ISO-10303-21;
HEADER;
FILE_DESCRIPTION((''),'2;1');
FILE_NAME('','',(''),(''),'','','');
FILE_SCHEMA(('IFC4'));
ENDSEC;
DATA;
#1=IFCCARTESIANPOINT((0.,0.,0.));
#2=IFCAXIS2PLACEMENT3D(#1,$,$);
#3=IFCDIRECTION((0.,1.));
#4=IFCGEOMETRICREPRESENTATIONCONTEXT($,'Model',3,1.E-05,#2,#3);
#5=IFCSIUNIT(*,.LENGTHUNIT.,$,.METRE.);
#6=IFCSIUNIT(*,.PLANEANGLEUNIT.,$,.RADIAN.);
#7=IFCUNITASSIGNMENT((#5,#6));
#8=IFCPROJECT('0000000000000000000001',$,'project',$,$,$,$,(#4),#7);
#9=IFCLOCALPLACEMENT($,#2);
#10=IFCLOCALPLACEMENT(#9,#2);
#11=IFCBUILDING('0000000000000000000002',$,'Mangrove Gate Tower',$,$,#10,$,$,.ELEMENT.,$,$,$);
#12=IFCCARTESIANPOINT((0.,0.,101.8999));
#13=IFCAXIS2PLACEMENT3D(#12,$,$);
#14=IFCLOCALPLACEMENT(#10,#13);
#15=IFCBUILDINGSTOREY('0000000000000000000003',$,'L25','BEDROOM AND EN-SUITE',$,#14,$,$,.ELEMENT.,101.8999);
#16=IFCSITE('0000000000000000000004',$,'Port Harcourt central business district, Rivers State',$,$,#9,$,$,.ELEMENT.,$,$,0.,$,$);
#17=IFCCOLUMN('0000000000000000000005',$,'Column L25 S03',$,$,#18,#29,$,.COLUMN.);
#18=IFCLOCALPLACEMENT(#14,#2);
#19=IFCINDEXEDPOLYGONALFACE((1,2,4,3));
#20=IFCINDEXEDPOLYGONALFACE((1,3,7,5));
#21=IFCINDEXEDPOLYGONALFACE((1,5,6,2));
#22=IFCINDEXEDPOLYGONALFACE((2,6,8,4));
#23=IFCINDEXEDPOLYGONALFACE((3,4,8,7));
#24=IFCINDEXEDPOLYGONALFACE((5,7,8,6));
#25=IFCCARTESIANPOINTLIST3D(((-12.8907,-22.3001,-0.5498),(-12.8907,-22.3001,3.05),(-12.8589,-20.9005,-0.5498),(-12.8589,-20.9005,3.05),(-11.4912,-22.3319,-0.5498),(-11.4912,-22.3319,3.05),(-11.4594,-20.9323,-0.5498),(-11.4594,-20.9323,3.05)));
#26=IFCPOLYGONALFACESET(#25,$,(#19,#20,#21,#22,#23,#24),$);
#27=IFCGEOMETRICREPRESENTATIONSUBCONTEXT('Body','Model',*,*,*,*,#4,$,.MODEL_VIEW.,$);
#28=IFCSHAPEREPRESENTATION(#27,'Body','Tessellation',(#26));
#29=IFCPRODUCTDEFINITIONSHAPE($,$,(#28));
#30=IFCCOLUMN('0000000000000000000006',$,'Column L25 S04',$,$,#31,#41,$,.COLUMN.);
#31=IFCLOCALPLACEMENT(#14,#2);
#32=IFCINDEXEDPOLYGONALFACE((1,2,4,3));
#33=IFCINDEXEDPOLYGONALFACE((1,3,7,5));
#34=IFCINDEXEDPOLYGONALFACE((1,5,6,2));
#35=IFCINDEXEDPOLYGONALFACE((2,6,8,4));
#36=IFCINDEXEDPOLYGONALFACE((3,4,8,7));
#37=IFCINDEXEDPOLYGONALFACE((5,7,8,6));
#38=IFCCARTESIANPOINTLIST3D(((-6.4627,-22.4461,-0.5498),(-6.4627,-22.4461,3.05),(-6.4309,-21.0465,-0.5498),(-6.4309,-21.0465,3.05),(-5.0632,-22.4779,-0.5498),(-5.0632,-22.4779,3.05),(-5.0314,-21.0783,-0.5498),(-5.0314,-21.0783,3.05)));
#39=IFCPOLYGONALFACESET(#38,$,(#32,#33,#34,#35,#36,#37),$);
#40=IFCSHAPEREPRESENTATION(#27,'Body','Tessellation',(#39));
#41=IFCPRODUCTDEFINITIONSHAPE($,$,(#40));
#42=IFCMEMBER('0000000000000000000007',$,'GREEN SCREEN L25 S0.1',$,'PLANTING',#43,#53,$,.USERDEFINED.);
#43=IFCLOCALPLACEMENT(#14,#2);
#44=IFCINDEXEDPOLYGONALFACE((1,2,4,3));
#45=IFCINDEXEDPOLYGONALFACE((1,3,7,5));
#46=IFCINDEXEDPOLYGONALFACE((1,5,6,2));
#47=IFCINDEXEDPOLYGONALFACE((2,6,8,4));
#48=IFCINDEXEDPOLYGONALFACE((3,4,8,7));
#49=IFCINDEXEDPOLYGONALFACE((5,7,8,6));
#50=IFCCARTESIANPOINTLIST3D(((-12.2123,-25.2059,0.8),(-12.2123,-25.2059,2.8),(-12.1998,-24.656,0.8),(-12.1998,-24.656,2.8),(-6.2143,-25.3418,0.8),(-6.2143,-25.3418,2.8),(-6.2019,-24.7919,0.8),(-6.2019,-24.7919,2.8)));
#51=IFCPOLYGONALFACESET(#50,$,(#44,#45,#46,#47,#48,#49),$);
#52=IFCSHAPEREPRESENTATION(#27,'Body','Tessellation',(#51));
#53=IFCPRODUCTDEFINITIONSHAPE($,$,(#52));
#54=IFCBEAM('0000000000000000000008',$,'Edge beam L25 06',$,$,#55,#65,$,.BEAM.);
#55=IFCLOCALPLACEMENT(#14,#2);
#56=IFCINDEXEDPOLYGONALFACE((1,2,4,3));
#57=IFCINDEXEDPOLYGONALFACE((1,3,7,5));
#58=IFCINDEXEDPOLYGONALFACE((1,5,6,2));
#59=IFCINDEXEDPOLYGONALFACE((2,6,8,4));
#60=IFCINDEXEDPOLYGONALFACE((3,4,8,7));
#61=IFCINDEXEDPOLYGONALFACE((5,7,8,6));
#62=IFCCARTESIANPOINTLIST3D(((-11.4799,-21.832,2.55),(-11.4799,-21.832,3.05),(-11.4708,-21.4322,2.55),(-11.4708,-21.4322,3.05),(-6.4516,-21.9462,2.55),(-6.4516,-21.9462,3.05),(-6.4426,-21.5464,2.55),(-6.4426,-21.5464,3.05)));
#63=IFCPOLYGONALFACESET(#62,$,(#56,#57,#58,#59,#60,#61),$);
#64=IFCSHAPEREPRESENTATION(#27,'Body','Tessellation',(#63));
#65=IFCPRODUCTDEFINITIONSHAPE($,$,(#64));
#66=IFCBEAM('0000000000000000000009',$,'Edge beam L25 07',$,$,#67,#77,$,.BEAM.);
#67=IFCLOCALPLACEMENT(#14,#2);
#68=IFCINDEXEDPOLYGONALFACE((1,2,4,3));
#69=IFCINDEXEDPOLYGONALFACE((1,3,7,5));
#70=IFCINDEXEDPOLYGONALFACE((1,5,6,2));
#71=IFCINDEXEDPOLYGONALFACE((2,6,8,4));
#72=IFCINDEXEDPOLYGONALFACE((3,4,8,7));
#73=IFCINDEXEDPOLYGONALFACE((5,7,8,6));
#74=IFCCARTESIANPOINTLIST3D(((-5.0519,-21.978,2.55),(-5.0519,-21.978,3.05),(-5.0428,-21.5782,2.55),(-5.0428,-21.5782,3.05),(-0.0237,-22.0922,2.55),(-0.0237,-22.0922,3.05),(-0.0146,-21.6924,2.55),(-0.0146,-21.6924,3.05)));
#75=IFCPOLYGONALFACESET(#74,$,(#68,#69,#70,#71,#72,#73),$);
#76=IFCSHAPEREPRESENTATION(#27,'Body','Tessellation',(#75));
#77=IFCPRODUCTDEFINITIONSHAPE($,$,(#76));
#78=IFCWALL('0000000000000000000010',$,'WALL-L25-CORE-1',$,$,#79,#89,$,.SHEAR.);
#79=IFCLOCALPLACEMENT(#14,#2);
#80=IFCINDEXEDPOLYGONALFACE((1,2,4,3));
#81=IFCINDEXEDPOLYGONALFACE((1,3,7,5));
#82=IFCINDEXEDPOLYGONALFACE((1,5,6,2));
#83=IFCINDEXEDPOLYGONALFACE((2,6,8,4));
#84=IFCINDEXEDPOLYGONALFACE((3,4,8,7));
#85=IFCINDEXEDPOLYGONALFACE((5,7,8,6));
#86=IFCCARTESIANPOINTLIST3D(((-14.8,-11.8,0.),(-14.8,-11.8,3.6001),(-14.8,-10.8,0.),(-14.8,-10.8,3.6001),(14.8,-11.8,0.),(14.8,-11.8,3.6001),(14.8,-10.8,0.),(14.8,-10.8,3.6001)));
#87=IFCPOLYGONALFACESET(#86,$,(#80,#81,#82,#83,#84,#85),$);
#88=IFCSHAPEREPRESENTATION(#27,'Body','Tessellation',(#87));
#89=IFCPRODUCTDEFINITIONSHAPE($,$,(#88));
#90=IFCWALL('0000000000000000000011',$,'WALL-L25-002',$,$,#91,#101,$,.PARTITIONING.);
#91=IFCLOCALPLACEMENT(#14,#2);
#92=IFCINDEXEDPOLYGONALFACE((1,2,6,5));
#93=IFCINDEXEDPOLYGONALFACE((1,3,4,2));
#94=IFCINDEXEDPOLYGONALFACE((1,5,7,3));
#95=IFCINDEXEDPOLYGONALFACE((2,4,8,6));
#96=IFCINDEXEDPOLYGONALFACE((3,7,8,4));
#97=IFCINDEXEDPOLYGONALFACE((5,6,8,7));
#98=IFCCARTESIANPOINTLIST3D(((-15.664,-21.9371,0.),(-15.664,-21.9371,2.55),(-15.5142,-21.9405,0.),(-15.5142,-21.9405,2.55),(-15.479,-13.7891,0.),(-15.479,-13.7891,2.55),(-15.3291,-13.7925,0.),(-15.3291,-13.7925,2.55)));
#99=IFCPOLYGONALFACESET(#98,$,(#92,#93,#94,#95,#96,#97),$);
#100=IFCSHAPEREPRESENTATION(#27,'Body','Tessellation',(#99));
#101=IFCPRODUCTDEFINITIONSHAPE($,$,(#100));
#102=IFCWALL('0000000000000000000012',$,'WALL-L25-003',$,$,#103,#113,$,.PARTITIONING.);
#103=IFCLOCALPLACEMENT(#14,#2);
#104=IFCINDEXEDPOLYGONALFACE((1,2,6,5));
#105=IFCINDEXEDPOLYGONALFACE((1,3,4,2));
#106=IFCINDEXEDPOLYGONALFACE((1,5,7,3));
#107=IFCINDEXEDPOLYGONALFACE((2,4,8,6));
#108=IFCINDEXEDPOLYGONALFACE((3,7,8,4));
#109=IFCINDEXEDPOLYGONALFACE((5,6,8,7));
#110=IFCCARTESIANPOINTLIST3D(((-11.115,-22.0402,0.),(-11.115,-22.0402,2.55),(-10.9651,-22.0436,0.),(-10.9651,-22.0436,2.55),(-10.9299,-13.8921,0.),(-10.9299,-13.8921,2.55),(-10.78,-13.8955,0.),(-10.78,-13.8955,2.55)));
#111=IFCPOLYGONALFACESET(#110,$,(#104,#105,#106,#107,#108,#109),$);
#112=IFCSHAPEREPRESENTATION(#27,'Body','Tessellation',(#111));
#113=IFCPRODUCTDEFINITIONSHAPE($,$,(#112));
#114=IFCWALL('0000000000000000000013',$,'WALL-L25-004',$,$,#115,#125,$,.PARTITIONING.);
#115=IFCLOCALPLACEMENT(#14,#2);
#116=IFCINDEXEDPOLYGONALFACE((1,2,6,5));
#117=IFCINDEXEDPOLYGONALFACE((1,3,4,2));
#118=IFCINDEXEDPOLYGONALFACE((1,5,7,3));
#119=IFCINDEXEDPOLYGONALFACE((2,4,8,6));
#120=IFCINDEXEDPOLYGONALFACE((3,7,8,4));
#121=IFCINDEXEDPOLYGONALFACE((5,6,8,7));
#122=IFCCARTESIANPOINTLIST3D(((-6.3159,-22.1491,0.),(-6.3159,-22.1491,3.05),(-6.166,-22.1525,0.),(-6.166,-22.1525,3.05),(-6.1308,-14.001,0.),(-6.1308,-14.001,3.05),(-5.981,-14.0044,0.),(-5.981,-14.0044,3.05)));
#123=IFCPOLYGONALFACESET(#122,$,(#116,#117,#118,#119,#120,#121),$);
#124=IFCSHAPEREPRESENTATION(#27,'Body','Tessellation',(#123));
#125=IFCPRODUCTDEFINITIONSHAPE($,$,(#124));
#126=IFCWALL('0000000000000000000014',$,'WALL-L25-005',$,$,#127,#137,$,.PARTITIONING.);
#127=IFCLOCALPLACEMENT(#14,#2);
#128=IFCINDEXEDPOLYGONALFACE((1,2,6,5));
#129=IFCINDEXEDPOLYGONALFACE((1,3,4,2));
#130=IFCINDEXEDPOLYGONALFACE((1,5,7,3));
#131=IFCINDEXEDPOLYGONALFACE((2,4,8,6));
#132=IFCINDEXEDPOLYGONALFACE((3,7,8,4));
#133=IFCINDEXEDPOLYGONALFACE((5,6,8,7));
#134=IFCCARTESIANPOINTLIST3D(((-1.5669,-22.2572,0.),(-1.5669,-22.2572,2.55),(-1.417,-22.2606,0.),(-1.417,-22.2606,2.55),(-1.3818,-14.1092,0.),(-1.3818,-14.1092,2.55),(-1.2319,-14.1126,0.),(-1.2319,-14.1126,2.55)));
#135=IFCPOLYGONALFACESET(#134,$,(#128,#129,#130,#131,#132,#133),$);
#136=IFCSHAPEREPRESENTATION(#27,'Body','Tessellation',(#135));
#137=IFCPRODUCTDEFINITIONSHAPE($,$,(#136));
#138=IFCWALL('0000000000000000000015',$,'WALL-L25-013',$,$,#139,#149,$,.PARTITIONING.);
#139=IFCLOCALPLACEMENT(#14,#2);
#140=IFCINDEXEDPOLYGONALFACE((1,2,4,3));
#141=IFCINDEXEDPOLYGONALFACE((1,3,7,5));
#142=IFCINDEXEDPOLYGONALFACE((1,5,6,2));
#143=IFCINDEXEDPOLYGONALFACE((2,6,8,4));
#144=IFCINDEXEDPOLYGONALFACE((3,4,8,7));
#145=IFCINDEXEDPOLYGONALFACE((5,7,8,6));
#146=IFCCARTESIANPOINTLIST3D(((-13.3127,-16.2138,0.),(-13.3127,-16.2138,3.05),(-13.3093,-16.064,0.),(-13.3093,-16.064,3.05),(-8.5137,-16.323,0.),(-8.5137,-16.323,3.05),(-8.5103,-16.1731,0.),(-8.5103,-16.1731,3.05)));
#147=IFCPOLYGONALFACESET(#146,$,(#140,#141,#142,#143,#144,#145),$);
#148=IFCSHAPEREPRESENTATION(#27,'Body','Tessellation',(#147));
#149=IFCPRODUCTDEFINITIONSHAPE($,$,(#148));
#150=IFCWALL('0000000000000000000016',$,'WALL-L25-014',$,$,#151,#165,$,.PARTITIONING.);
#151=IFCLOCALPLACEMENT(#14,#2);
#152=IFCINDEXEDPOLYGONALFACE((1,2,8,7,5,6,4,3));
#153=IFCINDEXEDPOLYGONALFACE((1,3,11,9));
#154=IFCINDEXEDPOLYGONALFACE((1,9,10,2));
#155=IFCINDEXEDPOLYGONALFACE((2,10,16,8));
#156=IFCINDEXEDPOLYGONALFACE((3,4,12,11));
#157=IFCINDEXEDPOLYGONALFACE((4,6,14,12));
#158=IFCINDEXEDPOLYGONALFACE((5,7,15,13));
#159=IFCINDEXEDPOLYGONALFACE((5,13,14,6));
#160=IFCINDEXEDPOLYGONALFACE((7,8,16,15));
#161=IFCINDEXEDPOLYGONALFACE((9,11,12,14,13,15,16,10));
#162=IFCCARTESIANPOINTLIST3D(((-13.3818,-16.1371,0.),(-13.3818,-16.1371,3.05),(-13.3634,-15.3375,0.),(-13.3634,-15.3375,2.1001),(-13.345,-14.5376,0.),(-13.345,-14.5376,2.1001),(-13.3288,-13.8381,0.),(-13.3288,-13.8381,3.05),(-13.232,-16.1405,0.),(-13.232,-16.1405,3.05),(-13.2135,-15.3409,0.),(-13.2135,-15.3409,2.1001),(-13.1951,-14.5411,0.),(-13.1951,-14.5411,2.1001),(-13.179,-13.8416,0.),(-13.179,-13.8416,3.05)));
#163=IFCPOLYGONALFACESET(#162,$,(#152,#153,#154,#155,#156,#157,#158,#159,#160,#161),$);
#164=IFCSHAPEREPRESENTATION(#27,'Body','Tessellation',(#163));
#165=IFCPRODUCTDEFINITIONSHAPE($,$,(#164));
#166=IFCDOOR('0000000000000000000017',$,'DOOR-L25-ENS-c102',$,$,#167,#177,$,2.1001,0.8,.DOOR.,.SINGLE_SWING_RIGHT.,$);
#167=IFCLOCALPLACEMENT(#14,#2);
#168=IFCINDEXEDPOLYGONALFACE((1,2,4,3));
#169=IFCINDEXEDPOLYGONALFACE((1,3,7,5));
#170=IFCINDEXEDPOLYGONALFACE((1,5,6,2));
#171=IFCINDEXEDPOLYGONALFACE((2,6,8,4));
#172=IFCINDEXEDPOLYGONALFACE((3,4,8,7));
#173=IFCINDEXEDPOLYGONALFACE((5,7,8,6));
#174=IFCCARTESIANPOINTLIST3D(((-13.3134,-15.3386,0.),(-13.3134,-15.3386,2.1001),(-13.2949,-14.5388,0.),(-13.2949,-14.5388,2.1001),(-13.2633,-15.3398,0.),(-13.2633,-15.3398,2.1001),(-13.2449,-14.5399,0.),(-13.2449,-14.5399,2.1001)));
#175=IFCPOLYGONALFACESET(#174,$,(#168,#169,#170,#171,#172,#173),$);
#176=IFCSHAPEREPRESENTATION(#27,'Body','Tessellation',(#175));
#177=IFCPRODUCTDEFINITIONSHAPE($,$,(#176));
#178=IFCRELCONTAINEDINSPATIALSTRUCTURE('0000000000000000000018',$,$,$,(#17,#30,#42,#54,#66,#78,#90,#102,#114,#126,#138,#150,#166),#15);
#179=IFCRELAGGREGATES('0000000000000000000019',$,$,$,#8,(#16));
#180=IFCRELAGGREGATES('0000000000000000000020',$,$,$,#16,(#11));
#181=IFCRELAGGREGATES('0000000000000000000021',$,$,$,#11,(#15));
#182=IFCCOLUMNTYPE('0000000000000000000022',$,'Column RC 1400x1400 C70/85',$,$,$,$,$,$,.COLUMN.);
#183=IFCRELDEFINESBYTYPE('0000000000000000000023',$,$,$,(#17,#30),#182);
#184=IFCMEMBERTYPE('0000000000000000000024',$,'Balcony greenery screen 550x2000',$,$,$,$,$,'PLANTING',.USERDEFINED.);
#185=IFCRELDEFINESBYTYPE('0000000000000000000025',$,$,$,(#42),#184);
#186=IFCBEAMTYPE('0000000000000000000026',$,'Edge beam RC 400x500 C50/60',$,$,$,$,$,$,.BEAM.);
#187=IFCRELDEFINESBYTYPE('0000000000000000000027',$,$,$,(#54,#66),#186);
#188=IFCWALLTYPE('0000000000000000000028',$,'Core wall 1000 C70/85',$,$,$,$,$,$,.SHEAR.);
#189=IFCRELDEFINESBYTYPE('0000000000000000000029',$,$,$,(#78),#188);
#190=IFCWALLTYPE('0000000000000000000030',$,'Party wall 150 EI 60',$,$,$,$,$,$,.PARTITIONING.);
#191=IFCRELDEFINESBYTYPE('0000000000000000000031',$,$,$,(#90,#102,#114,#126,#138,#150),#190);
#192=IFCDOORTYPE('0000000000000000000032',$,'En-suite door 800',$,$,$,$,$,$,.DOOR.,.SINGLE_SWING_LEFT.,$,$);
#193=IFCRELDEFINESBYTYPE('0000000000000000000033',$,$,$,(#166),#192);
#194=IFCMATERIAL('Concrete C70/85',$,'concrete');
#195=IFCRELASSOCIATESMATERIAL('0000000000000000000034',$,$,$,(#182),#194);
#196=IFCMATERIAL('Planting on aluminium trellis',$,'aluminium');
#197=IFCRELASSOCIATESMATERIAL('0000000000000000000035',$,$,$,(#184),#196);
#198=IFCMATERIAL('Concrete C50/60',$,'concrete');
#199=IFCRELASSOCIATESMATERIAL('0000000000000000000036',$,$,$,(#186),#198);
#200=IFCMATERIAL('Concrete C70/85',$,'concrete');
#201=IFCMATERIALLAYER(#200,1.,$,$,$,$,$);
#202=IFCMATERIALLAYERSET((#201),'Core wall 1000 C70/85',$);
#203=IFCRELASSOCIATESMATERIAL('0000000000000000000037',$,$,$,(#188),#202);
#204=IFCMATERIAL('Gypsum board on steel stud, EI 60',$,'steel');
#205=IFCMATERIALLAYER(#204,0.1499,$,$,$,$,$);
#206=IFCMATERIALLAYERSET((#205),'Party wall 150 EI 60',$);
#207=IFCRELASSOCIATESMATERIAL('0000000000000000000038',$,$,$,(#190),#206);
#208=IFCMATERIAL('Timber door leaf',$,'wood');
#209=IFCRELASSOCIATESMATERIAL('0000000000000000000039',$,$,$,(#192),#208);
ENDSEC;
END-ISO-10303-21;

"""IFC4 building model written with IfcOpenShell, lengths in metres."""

from ifc_helpers import new_model, si_unit, direction, frame, frame_2d, origin, origin_2d, place, context, subcontext, project, spatial, rectangle, extrude, material, layer, layer_set, material_profile, profile_set, type_object, element, fill, save


model = new_model("IFC4")

# Units and contexts
model_context = context("Model", 3, precision=1e-05, world=origin(), true_north=direction((0.0, 1.0)))
body_context = subcontext(model_context, "Body", "Model", "MODEL_VIEW")
ifc_project = project(units=[si_unit("LENGTHUNIT", "METRE"), si_unit("PLANEANGLEUNIT", "RADIAN")], contexts=[model_context])

# Site, building, storey
site_placement = place(None, origin())
site = spatial("IfcSite", under=ifc_project, at=site_placement, Name="Port Harcourt central business district, Rivers State", CompositionType="ELEMENT", RefElevation=0.0)
building_placement = place(site_placement, origin())
building = spatial("IfcBuilding", under=site, at=building_placement, Name="Mangrove Gate Tower", CompositionType="ELEMENT")
storey_placement = place(building_placement, frame((0.0, 0.0, 101.8999)))
storey = spatial("IfcBuildingStorey", under=building, at=storey_placement, Name="L25", Description="BEDROOM AND EN-SUITE", CompositionType="ELEMENT", Elevation=101.8999)

# Columns
ifc_material_1 = material(Name="Concrete C70/85", Category="concrete")
ifc_material_profile_1 = material_profile(ifc_material_1, rectangle(XDim=1.3999, YDim=1.3999, at=origin_2d()))
ifc_profile_set_1 = profile_set([ifc_material_profile_1], Name="Concrete C70/85")
column_type = type_object("IfcColumnType", Name="Column RC 1400x1400 C70/85", PredefinedType="COLUMN", material=ifc_profile_set_1)
for number, where, z_axis, x_axis, name in (
    (1, (-12.175, -21.6162, -0.5498), (0.0, 0.0, 1.0), (0.999742, -0.022707, 0.0), "Column L25 S03"),
    (2, (-5.7471, -21.7622, -0.5498), (0.0, 0.0, 1.0), (0.999742, -0.022707, 0.0), "Column L25 S04"),
):
    element("IfcColumn", number, at=place(storey_placement, frame(where, z_axis=z_axis, x_axis=x_axis)), inside=storey, type_object=column_type, Name=name, PredefinedType="COLUMN", context=body_context, shape_type="SweptSolid", body=[
        extrude(rectangle(XDim=1.3999, YDim=1.3999, at=origin_2d()), origin(), (0.0, 0.0, 1.0), 3.5999),
    ])

# Member
ifc_material_2 = material(Name="Planting on aluminium trellis", Category="aluminium")
ifc_material_profile_2 = material_profile(ifc_material_2, rectangle(XDim=0.55, YDim=2.0, at=origin_2d()))
ifc_profile_set_2 = profile_set([ifc_material_profile_2], Name="Planting on aluminium trellis")
member_type = type_object("IfcMemberType", Name="Balcony greenery screen 550x2000", ElementType="PLANTING", PredefinedType="USERDEFINED", material=ifc_profile_set_2)
member_placement = place(storey_placement, frame((-12.2061, -24.9309, 1.8), z_axis=(0.999743, -0.022666, 0.0), x_axis=(0.022666, 0.999743, 0.0)))
element("IfcMember", 3, at=member_placement, inside=storey, type_object=member_type, Name="GREEN SCREEN L25 S0.1", ObjectType="PLANTING", PredefinedType="USERDEFINED", context=body_context, shape_type="SweptSolid", body=[
    extrude(rectangle(XDim=0.55, YDim=2.0, at=origin_2d()), origin(), (0.0, 0.0, 1.0), 5.9995),
])

# Beams
ifc_material_3 = material(Name="Concrete C50/60", Category="concrete")
ifc_material_profile_3 = material_profile(ifc_material_3, rectangle(XDim=0.3999, YDim=0.5, at=origin_2d()))
ifc_profile_set_3 = profile_set([ifc_material_profile_3], Name="Concrete C50/60")
beam_type = type_object("IfcBeamType", Name="Edge beam RC 400x500 C50/60", PredefinedType="BEAM", material=ifc_profile_set_3)
for number, where, z_axis, x_axis, name in (
    (4, (-11.4753, -21.6321, 2.8), (0.999742, -0.022717, 0.0), (0.022717, 0.999742, 0.0), "Edge beam L25 06"),
    (5, (-5.0474, -21.7781, 2.8), (0.999742, -0.022717, 0.0), (0.022717, 0.999742, 0.0), "Edge beam L25 07"),
):
    element("IfcBeam", number, at=place(storey_placement, frame(where, z_axis=z_axis, x_axis=x_axis)), inside=storey, type_object=beam_type, Name=name, PredefinedType="BEAM", context=body_context, shape_type="SweptSolid", body=[
        extrude(rectangle(XDim=0.3999, YDim=0.5, at=origin_2d()), origin(), (0.0, 0.0, 1.0), 5.0295),
    ])

# Walls
ifc_material_4 = material(Name="Concrete C70/85", Category="concrete")
ifc_layer_1 = layer(ifc_material_4, 1.0)
ifc_layer_set_1 = layer_set([ifc_layer_1], Name="Core wall 1000 C70/85")
wall_type_1 = type_object("IfcWallType", Name="Core wall 1000 C70/85", PredefinedType="SHEAR", material=ifc_layer_set_1)
wall_1_placement = place(storey_placement, frame((-14.8, -11.3, 0.0), z_axis=(0.0, 0.0, 1.0), x_axis=(1.0, 0.0, 0.0)))
element("IfcWall", 6, at=wall_1_placement, inside=storey, type_object=wall_type_1, Name="WALL-L25-CORE-1", PredefinedType="SHEAR", context=body_context, shape_type="SweptSolid", body=[
    extrude(rectangle(XDim=29.6001, YDim=1.0, at=frame_2d((14.8, 0.0))), origin(), (0.0, 0.0, 1.0), 3.6001),
])
ifc_material_5 = material(Name="Gypsum board on steel stud, EI 60", Category="steel")
ifc_layer_2 = layer(ifc_material_5, 0.1499)
ifc_layer_set_2 = layer_set([ifc_layer_2], Name="Party wall 150 EI 60")
wall_type_2 = type_object("IfcWallType", Name="Party wall 150 EI 60", PredefinedType="PARTITIONING", material=ifc_layer_set_2)
for number, where, z_axis, x_axis, name in (
    (7, (-15.5891, -21.939, 0.0), (0.0, 0.0, 1.0), (0.022706, 0.999742, 0.0), "WALL-L25-002"),
    (8, (-11.04, -22.042, 0.0), (0.0, 0.0, 1.0), (0.022706, 0.999742, 0.0), "WALL-L25-003"),
):
    element("IfcWall", number, at=place(storey_placement, frame(where, z_axis=z_axis, x_axis=x_axis)), inside=storey, type_object=wall_type_2, Name=name, PredefinedType="PARTITIONING", context=body_context, shape_type="SweptSolid", body=[
        extrude(rectangle(XDim=8.1501, YDim=0.1499, at=frame_2d((4.0752, 0.0))), origin(), (0.0, 0.0, 1.0), 2.55),
    ])
wall_2_placement = place(storey_placement, frame((-6.241, -22.1509, 0.0), z_axis=(0.0, 0.0, 1.0), x_axis=(0.022706, 0.999742, 0.0)))
element("IfcWall", 9, at=wall_2_placement, inside=storey, type_object=wall_type_2, Name="WALL-L25-004", PredefinedType="PARTITIONING", context=body_context, shape_type="SweptSolid", body=[
    extrude(rectangle(XDim=8.1501, YDim=0.1499, at=frame_2d((4.0752, 0.0))), origin(), (0.0, 0.0, 1.0), 3.05),
])
wall_3_placement = place(storey_placement, frame((-1.4919, -22.259, 0.0), z_axis=(0.0, 0.0, 1.0), x_axis=(0.022706, 0.999742, 0.0)))
element("IfcWall", 10, at=wall_3_placement, inside=storey, type_object=wall_type_2, Name="WALL-L25-005", PredefinedType="PARTITIONING", context=body_context, shape_type="SweptSolid", body=[
    extrude(rectangle(XDim=8.1501, YDim=0.1499, at=frame_2d((4.0752, 0.0))), origin(), (0.0, 0.0, 1.0), 2.55),
])
wall_4_placement = place(storey_placement, frame((-13.311, -16.1389, 0.0), z_axis=(0.0, 0.0, 1.0), x_axis=(0.999742, -0.022734, 0.0)))
element("IfcWall", 11, at=wall_4_placement, inside=storey, type_object=wall_type_2, Name="WALL-L25-013", PredefinedType="PARTITIONING", context=body_context, shape_type="SweptSolid", body=[
    extrude(rectangle(XDim=4.8003, YDim=0.1499, at=frame_2d((2.4001, 0.0))), origin(), (0.0, 0.0, 1.0), 3.05),
])

# Wall, opening, door
wall_5_placement = place(storey_placement, frame((-13.3069, -16.1389, 0.0), z_axis=(0.0, 0.0, 1.0), x_axis=(0.02304, 0.999735, 0.0)))
wall_5 = element("IfcWall", 12, at=wall_5_placement, inside=storey, type_object=wall_type_2, Name="WALL-L25-014", PredefinedType="PARTITIONING", context=body_context, shape_type="SweptSolid", body=[
    extrude(rectangle(XDim=2.2996, YDim=0.1499, at=frame_2d((1.1499, 0.0))), origin(), (0.0, 0.0, 1.0), 3.05),
])
opening_1_placement = place(wall_5_placement, frame((0.8, 0.0, 0.0)))
opening_1 = element("IfcOpeningElement", 13, at=opening_1_placement, cuts=wall_5, PredefinedType="OPENING", context=body_context, shape_type="SweptSolid", body=[
    extrude(rectangle(XDim=0.8, YDim=2.1001, at=frame_2d((0.3999, 1.05))), frame((0.0, 0.085, 0.0), z_axis=(0.0, -1.0, 0.0), x_axis=(1.0, 0.0, 0.0)), (0.0, 0.0, 1.0), 0.1699),
])
ifc_material_6 = material(Name="Timber door leaf", Category="wood")
door_type = type_object("IfcDoorType", Name="En-suite door 800", OperationType="SINGLE_SWING_LEFT", PredefinedType="DOOR", material=ifc_material_6)
door_1_placement = place(opening_1_placement, origin())
door_1 = element("IfcDoor", 14, at=door_1_placement, inside=storey, type_object=door_type, Name="DOOR-L25-ENS-c102", OperationType="SINGLE_SWING_RIGHT", OverallHeight=2.1001, OverallWidth=0.8, PredefinedType="DOOR", context=body_context, shape_type="SweptSolid", body=[
    extrude(rectangle(XDim=0.8, YDim=2.1001, at=frame_2d((0.3999, 1.05))), frame((0.0, 0.0249, 0.0), z_axis=(0.0, -1.0, 0.0), x_axis=(1.0, 0.0, 0.0)), (0.0, 0.0, 1.0), 0.05),
])
fill(opening_1, door_1)

save(model, "model.ifc")
